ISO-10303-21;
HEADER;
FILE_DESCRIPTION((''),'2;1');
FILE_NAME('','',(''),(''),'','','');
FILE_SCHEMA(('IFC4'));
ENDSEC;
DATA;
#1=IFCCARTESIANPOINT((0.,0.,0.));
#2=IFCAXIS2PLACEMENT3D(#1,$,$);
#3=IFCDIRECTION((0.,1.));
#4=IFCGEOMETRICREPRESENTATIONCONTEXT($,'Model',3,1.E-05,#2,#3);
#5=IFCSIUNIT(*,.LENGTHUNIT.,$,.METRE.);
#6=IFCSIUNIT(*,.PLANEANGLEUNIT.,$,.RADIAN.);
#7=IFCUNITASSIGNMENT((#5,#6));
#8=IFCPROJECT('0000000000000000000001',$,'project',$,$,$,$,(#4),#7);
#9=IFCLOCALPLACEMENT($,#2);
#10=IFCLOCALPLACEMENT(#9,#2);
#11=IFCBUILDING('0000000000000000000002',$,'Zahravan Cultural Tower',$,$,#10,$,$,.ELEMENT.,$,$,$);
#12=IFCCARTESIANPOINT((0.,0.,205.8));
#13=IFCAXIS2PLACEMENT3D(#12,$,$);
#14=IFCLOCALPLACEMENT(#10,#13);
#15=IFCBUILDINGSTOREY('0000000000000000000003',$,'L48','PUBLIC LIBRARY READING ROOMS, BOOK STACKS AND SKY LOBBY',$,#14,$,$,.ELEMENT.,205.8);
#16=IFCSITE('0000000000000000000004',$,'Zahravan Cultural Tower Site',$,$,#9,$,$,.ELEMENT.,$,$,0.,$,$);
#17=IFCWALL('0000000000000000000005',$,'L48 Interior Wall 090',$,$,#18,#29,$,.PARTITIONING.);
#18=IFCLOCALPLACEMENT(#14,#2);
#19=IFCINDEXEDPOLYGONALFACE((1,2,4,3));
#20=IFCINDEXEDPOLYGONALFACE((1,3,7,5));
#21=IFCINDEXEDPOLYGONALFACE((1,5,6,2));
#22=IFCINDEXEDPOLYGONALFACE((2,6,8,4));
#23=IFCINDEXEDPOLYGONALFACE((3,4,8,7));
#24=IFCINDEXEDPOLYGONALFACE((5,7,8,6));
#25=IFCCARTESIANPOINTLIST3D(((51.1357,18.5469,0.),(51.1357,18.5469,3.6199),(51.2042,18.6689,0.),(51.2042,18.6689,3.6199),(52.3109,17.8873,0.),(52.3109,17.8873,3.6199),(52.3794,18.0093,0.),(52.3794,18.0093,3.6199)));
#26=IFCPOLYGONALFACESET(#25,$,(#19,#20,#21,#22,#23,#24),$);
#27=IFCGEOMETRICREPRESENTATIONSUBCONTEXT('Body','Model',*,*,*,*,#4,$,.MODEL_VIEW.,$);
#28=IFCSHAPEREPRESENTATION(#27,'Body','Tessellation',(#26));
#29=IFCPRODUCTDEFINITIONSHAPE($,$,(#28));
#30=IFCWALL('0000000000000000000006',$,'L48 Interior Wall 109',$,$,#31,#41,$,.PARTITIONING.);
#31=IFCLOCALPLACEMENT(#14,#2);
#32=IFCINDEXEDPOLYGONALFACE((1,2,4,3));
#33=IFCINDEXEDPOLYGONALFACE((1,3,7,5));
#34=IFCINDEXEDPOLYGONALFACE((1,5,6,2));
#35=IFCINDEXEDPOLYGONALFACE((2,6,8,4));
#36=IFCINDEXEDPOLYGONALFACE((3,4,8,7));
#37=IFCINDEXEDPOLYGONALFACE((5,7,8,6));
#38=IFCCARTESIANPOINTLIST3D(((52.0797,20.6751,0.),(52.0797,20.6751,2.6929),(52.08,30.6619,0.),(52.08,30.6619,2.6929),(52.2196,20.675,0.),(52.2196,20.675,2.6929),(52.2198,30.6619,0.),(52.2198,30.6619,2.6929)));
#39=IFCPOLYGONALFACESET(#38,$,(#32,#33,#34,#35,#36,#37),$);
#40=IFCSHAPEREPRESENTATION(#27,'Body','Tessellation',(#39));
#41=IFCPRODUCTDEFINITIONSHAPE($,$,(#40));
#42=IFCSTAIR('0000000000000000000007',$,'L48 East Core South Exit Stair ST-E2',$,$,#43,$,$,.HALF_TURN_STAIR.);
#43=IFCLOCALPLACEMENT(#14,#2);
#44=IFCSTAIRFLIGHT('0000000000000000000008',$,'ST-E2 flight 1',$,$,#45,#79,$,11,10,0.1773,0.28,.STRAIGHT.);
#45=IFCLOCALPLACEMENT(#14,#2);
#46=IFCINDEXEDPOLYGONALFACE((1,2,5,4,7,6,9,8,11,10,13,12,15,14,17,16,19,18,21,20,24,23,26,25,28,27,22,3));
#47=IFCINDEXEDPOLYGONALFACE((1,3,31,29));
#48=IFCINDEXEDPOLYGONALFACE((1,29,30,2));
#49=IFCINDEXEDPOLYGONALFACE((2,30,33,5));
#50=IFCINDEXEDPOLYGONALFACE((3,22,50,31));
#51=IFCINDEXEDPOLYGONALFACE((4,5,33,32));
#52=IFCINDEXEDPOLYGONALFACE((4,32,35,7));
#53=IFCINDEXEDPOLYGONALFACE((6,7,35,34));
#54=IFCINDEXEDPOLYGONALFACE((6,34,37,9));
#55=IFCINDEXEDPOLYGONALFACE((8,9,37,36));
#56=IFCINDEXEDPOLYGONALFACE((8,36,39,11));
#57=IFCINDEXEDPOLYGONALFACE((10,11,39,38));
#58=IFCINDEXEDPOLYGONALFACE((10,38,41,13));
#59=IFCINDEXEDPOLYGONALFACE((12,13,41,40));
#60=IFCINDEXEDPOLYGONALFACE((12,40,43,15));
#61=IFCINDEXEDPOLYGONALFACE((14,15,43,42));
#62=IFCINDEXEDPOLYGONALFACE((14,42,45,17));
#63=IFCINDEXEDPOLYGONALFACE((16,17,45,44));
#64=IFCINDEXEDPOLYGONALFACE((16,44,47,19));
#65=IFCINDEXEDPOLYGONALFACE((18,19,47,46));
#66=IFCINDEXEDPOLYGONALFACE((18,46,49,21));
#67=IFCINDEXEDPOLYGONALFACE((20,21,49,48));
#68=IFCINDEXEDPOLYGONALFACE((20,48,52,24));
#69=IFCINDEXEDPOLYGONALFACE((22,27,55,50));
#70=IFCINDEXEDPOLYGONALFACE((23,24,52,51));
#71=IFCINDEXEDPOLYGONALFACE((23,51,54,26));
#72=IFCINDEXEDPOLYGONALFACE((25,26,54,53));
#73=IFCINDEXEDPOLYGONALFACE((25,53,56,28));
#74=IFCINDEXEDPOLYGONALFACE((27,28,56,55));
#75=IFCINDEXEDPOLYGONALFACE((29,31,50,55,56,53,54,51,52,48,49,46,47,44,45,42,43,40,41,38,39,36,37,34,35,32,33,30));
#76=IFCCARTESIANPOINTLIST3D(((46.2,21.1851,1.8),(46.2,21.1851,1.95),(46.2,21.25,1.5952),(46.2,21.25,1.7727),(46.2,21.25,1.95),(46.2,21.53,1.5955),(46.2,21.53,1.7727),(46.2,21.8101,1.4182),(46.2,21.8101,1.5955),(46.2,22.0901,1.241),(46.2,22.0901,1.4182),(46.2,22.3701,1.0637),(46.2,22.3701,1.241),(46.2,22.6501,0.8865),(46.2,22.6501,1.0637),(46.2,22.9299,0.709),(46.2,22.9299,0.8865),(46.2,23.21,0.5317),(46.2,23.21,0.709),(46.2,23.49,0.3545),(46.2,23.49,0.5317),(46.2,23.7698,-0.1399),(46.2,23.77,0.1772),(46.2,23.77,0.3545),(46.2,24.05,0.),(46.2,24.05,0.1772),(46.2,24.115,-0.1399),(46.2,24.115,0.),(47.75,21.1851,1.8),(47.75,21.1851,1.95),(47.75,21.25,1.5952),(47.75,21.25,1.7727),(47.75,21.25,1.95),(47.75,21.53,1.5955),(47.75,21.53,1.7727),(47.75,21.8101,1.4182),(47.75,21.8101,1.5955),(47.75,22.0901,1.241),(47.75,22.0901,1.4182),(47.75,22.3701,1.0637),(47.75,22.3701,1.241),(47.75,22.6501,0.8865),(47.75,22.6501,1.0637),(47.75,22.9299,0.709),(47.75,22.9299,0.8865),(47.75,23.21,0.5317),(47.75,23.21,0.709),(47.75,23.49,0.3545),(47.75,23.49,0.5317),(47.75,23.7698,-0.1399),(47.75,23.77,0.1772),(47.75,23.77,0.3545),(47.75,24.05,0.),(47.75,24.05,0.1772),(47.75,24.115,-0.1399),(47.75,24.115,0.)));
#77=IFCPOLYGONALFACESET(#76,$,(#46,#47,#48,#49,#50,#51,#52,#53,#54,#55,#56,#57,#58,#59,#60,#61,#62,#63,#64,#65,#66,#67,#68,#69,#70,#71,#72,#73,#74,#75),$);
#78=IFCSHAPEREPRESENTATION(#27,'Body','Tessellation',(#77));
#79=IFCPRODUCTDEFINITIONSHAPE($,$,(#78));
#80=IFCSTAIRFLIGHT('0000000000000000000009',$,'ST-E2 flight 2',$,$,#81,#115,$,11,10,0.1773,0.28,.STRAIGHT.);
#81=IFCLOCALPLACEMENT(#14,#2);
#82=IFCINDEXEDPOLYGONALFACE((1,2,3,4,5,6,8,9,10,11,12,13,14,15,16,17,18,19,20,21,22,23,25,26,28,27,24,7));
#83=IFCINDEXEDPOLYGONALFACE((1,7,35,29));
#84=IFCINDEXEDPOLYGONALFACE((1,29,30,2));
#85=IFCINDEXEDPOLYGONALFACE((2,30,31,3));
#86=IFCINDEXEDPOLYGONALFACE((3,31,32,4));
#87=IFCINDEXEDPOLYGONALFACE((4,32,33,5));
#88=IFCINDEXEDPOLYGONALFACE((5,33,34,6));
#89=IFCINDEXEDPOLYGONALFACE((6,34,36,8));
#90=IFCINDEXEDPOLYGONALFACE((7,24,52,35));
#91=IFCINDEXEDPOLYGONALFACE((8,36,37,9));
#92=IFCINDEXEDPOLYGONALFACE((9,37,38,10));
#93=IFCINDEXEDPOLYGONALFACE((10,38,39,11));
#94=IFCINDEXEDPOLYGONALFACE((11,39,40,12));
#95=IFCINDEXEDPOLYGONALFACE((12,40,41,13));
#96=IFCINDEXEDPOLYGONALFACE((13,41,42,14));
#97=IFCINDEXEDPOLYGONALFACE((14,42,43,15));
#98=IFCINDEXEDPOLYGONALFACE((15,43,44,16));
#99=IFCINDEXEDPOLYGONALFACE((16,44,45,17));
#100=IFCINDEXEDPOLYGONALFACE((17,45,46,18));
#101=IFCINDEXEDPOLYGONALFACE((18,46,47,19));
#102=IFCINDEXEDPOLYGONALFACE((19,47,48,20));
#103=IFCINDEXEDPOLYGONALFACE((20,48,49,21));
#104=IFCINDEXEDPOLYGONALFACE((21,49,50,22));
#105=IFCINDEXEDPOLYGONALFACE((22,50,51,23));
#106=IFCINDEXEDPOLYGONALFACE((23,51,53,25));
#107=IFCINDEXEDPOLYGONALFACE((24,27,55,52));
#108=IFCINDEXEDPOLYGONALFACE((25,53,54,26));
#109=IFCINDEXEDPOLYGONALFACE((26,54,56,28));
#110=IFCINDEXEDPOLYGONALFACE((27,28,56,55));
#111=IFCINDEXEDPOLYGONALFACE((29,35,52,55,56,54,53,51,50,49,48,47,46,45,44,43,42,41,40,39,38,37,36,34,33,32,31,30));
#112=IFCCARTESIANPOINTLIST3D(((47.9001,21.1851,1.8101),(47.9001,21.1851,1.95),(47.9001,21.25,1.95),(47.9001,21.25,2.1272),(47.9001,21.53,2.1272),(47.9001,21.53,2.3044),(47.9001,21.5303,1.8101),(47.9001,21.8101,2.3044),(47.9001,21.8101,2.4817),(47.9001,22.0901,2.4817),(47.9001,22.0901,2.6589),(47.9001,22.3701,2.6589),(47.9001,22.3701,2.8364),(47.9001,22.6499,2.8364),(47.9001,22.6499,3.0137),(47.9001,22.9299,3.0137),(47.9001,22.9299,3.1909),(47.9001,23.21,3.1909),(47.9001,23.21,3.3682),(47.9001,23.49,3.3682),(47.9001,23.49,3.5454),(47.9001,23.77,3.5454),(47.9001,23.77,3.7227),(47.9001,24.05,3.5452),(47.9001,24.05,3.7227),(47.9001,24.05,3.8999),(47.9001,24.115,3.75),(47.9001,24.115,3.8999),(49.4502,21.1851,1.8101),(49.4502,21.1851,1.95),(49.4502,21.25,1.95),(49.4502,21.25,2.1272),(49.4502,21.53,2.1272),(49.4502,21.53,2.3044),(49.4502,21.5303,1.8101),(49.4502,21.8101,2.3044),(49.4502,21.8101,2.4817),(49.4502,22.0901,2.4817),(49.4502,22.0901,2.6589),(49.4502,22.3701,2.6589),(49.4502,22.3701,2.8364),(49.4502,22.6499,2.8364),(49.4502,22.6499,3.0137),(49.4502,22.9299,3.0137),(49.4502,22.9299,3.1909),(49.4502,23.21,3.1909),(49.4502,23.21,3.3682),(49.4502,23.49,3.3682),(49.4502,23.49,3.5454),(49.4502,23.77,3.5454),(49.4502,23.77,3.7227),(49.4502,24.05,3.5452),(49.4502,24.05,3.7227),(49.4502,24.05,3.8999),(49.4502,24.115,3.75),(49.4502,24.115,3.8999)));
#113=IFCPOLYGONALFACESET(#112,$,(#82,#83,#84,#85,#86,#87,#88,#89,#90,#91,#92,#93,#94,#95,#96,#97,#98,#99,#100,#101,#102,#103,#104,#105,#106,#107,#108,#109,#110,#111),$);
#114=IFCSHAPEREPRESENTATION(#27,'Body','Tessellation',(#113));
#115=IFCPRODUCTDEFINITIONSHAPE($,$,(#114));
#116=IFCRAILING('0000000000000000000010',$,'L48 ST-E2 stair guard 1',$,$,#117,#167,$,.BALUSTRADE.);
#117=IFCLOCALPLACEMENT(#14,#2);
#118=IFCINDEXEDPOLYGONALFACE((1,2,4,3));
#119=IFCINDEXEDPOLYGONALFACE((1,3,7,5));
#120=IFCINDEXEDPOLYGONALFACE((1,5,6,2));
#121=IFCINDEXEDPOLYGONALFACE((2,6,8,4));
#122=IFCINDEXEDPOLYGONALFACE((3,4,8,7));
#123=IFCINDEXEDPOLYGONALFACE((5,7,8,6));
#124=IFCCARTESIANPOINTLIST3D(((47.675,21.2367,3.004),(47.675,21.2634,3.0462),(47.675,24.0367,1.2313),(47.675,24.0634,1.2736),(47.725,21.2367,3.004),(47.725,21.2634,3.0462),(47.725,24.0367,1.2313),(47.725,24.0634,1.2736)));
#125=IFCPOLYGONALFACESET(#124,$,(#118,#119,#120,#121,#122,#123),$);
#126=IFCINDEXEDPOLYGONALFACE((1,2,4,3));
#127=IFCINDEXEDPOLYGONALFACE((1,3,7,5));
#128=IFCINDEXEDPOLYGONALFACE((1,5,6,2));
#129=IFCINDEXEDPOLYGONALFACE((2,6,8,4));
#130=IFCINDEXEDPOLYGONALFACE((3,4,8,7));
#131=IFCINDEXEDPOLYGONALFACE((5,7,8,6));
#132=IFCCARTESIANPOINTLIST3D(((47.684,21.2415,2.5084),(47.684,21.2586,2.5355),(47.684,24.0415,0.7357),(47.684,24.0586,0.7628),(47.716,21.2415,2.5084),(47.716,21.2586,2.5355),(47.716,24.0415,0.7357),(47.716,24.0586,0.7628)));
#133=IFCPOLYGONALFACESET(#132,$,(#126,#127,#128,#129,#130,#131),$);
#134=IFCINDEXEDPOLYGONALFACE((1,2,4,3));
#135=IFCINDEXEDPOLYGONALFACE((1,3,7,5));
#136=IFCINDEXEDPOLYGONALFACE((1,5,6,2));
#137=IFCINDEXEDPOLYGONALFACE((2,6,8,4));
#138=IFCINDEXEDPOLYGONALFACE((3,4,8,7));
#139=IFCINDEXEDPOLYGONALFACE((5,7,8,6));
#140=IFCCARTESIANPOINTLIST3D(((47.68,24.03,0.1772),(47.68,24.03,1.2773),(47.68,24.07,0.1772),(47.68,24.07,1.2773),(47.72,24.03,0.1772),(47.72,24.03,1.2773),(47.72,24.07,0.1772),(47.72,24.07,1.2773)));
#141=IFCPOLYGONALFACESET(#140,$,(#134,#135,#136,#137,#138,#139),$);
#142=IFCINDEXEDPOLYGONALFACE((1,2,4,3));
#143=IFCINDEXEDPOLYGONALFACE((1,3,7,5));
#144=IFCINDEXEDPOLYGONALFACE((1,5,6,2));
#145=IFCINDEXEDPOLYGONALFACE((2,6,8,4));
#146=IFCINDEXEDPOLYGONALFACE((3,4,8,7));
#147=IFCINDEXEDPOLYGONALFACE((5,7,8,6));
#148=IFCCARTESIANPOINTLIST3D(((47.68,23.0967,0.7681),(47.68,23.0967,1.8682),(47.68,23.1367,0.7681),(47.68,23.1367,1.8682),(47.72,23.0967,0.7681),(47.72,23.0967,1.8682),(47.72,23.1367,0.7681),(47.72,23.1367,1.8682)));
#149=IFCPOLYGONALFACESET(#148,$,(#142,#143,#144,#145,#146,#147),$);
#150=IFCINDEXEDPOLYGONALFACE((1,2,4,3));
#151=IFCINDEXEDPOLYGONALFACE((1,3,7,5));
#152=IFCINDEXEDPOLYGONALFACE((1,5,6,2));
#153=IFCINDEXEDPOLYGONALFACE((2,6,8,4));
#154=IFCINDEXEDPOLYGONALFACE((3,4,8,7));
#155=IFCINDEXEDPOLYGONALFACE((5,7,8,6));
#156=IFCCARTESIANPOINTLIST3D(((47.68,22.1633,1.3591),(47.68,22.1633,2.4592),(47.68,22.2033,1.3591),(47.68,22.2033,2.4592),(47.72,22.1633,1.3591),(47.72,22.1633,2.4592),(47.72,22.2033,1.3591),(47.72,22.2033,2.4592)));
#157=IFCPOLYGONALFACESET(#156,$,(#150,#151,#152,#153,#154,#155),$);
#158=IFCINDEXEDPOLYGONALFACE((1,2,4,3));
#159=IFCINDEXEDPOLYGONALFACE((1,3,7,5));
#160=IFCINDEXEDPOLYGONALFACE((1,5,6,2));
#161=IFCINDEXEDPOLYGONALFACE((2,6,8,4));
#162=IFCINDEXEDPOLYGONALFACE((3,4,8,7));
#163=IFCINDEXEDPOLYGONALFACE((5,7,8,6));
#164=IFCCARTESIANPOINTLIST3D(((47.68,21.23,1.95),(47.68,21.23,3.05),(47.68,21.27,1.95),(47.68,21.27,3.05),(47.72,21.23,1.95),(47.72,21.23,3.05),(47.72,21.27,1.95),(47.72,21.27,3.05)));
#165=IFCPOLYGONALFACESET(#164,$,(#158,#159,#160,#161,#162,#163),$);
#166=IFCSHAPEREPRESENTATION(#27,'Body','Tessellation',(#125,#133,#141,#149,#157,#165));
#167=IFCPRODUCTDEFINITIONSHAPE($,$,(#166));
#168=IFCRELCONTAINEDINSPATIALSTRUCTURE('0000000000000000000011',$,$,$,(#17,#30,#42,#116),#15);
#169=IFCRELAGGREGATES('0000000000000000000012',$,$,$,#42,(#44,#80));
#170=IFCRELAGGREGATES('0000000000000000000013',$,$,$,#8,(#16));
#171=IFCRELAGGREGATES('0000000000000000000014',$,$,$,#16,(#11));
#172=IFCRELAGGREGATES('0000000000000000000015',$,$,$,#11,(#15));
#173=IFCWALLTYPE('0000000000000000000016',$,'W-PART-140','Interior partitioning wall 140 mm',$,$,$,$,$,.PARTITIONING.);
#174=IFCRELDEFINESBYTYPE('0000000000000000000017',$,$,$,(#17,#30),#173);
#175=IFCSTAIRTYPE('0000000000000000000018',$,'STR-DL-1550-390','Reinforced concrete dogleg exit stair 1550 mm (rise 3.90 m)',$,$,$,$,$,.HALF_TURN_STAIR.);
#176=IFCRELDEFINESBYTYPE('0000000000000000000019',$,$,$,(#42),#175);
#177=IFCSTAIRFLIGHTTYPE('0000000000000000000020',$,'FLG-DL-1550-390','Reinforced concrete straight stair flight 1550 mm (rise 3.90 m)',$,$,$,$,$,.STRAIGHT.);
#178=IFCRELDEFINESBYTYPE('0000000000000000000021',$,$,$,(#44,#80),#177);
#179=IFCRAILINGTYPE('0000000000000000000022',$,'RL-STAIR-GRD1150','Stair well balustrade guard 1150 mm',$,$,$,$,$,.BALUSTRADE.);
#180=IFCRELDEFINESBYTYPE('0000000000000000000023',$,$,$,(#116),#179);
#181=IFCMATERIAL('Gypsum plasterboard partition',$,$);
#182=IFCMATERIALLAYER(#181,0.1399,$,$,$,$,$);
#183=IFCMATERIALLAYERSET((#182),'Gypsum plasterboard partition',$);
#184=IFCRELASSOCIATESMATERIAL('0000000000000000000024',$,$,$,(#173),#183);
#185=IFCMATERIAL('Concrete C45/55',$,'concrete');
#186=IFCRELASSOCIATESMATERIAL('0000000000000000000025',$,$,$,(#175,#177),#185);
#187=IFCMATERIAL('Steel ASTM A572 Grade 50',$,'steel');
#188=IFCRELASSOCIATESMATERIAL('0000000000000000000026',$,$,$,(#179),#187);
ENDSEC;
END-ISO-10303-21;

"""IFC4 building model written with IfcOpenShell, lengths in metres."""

from ifc_helpers import new_model, si_unit, direction, frame, frame_2d, origin, origin_2d, place, context, subcontext, project, spatial, polyline, rectangle, outline, extrude, source, transform, mapped, material, layer, layer_set, type_object, element, aggregate, save


model = new_model("IFC4")

# Units and contexts
model_context = context("Model", 3, precision=1e-05, world=origin(), true_north=direction((0.0, 1.0)))
body_context = subcontext(model_context, "Body", "Model", "MODEL_VIEW")
ifc_project = project(units=[si_unit("LENGTHUNIT", "METRE"), si_unit("PLANEANGLEUNIT", "RADIAN")], contexts=[model_context])

# Site, building, storey
site_placement = place(None, origin())
site = spatial("IfcSite", under=ifc_project, at=site_placement, Name="Zahravan Cultural Tower Site", CompositionType="ELEMENT", RefElevation=0.0)
building_placement = place(site_placement, origin())
building = spatial("IfcBuilding", under=site, at=building_placement, Name="Zahravan Cultural Tower", CompositionType="ELEMENT")
storey_placement = place(building_placement, frame((0.0, 0.0, 205.8)))
storey = spatial("IfcBuildingStorey", under=building, at=storey_placement, Name="L48", Description="PUBLIC LIBRARY READING ROOMS, BOOK STACKS AND SKY LOBBY", CompositionType="ELEMENT", Elevation=205.8)

# Walls
ifc_material_1 = material(Name="Concrete C45/55", Category="concrete")
ifc_material_2 = material(Name="Gypsum plasterboard partition")
ifc_layer_1 = layer(ifc_material_2, 0.1399)
ifc_layer_set_1 = layer_set([ifc_layer_1], Name="Gypsum plasterboard partition")
wall_type_1 = type_object("IfcWallType", Name="W-PART-140", Description="Interior partitioning wall 140 mm", PredefinedType="PARTITIONING", material=ifc_layer_set_1)
shared_shape_1 = source(origin(), body_context, "Body", "SweptSolid", [
    extrude(rectangle(XDim=1.3477, YDim=0.1399, at=frame_2d((0.6738, 0.0))), origin(), (0.0, 0.0, 1.0), 3.6199),
])
wall_1_placement = place(storey_placement, frame((51.1699, 18.6079, 0.0), z_axis=(0.0, 0.0, 1.0), x_axis=(0.87203, -0.489453, 0.0)))
element("IfcWall", 1, at=wall_1_placement, inside=storey, type_object=wall_type_1, Name="L48 Interior Wall 090", PredefinedType="PARTITIONING", context=body_context, shape_type="MappedRepresentation", body=[
    mapped(shared_shape_1, transform((0.0, 0.0, 0.0), x_axis=(1.0, 0.0, 0.0), y_axis=(0.0, 1.0, 0.0), z_axis=(0.0, 0.0, 1.0), scale=1.0)),
])
shared_shape_2 = source(origin(), body_context, "Body", "SweptSolid", [
    extrude(rectangle(XDim=9.9868, YDim=0.1399, at=frame_2d((4.9934, 0.0))), origin(), (0.0, 0.0, 1.0), 2.6929),
])
wall_2_placement = place(storey_placement, frame((52.1497, 20.675, 0.0), z_axis=(0.0, 0.0, 1.0), x_axis=(0.000024, 1.0, 0.0)))
element("IfcWall", 2, at=wall_2_placement, inside=storey, type_object=wall_type_1, Name="L48 Interior Wall 109", PredefinedType="PARTITIONING", context=body_context, shape_type="MappedRepresentation", body=[
    mapped(shared_shape_2, transform((0.0, 0.0, 0.0), x_axis=(1.0, 0.0, 0.0), y_axis=(0.0, 1.0, 0.0), z_axis=(0.0, 0.0, 1.0), scale=1.0)),
])

# Stair, stair flights
stair_type = type_object("IfcStairType", Name="STR-DL-1550-390", Description="Reinforced concrete dogleg exit stair 1550 mm (rise 3.90 m)", PredefinedType="HALF_TURN_STAIR", material=ifc_material_1)
stair_placement = place(storey_placement, origin())
stair = element("IfcStair", 3, at=stair_placement, inside=storey, type_object=stair_type, Name="L48 East Core South Exit Stair ST-E2", PredefinedType="HALF_TURN_STAIR")
stair_flight_type = type_object("IfcStairFlightType", Name="FLG-DL-1550-390", Description="Reinforced concrete straight stair flight 1550 mm (rise 3.90 m)", PredefinedType="STRAIGHT", material=ifc_material_1)
stair_flight_1_placement = place(storey_placement, frame((46.9751, 24.05, 0.0), z_axis=(0.0, 0.0, 1.0), x_axis=(0.0, -1.0, 0.0)))
stair_flight_1 = element("IfcStairFlight", 4, at=stair_flight_1_placement, type_object=stair_flight_type, Name="ST-E2 flight 1", NumberOfRisers=11, NumberOfTreads=10, PredefinedType="STRAIGHT", RiserHeight=0.1773, TreadLength=0.28, context=body_context, shape_type="SweptSolid", body=[
    extrude(outline(polyline([(-0.0649, -0.1399), (-0.0649, 0.0), (0.0, 0.0), (0.0, 0.1772), (0.28, 0.1772), (0.28, 0.3545), (0.5601, 0.3545), (0.5601, 0.5317), (0.8401, 0.5317), (0.8401, 0.709), (1.1201, 0.709), (1.1201, 0.8865), (1.3999, 0.8865), (1.3999, 1.0637), (1.6799, 1.0637), (1.6799, 1.241), (1.96, 1.241), (1.96, 1.4182), (2.24, 1.4182), (2.24, 1.5955), (2.52, 1.5955), (2.52, 1.7727), (2.8, 1.7727), (2.8, 1.95), (2.865, 1.95), (2.865, 1.8), (2.8, 1.5952), (0.2803, -0.1399), (-0.0649, -0.1399)])), frame((0.0, 0.7749, 0.0), z_axis=(0.0, -1.0, 0.0), x_axis=(1.0, 0.0, 0.0)), (0.0, 0.0, 1.0), 1.55),
])
stair_flight_2_placement = place(storey_placement, frame((48.675, 21.25, 1.95), z_axis=(0.0, 0.0, 1.0), x_axis=(0.0, 1.0, 0.0)))
stair_flight_2 = element("IfcStairFlight", 5, at=stair_flight_2_placement, type_object=stair_flight_type, Name="ST-E2 flight 2", NumberOfRisers=11, NumberOfTreads=10, PredefinedType="STRAIGHT", RiserHeight=0.1773, TreadLength=0.28, context=body_context, shape_type="SweptSolid", body=[
    extrude(outline(polyline([(-0.0649, -0.1399), (-0.0649, 0.0), (0.0, 0.0), (0.0, 0.1772), (0.28, 0.1772), (0.28, 0.3545), (0.5601, 0.3545), (0.5601, 0.5317), (0.8401, 0.5317), (0.8401, 0.709), (1.1201, 0.709), (1.1201, 0.8865), (1.3999, 0.8865), (1.3999, 1.0637), (1.6799, 1.0637), (1.6799, 1.241), (1.96, 1.241), (1.96, 1.4182), (2.24, 1.4182), (2.24, 1.5955), (2.52, 1.5955), (2.52, 1.7727), (2.8, 1.7727), (2.8, 1.95), (2.865, 1.95), (2.865, 1.8), (2.8, 1.5952), (0.2803, -0.1399), (-0.0649, -0.1399)])), frame((0.0, 0.7749, 0.0), z_axis=(0.0, -1.0, 0.0), x_axis=(1.0, 0.0, 0.0)), (0.0, 0.0, 1.0), 1.55),
])
aggregate(stair, [stair_flight_1, stair_flight_2])

# Railing
ifc_material_3 = material(Name="Steel ASTM A572 Grade 50", Category="steel")
railing_type_1 = type_object("IfcRailingType", Name="RL-STAIR-GRD1150", Description="Stair well balustrade guard 1150 mm", PredefinedType="BALUSTRADE", material=ifc_material_3)
railing_1_placement = place(storey_placement, frame((47.7, 24.05, 0.1772)))
element("IfcRailing", 6, at=railing_1_placement, inside=storey, type_object=railing_type_1, Name="L48 ST-E2 stair guard 1", PredefinedType="BALUSTRADE", context=body_context, shape_type="SweptSolid", body=[
    extrude(rectangle(XDim=0.05, YDim=0.05, at=origin_2d()), frame((0.0, 0.0, 1.0752), z_axis=(0.0, -0.844909, 0.53491), x_axis=(1.0, 0.0, 0.0)), (0.0, 0.0, 1.0), 3.314),
    extrude(rectangle(XDim=0.032, YDim=0.032, at=origin_2d()), frame((0.0, 0.0, 0.572), z_axis=(0.0, -0.844909, 0.53491), x_axis=(1.0, 0.0, 0.0)), (0.0, 0.0, 1.0), 3.314),
    extrude(rectangle(XDim=0.04, YDim=0.04, at=origin_2d()), origin(), (0.0, 0.0, 1.0), 1.1001),
    extrude(rectangle(XDim=0.04, YDim=0.04, at=origin_2d()), frame((0.0, -0.9333, 0.5908)), (0.0, 0.0, 1.0), 1.1001),
    extrude(rectangle(XDim=0.04, YDim=0.04, at=origin_2d()), frame((0.0, -1.8667, 1.1819)), (0.0, 0.0, 1.0), 1.1001),
    extrude(rectangle(XDim=0.04, YDim=0.04, at=origin_2d()), frame((0.0, -2.8, 1.7727)), (0.0, 0.0, 1.0), 1.1001),
])

save(model, "model.ifc")
